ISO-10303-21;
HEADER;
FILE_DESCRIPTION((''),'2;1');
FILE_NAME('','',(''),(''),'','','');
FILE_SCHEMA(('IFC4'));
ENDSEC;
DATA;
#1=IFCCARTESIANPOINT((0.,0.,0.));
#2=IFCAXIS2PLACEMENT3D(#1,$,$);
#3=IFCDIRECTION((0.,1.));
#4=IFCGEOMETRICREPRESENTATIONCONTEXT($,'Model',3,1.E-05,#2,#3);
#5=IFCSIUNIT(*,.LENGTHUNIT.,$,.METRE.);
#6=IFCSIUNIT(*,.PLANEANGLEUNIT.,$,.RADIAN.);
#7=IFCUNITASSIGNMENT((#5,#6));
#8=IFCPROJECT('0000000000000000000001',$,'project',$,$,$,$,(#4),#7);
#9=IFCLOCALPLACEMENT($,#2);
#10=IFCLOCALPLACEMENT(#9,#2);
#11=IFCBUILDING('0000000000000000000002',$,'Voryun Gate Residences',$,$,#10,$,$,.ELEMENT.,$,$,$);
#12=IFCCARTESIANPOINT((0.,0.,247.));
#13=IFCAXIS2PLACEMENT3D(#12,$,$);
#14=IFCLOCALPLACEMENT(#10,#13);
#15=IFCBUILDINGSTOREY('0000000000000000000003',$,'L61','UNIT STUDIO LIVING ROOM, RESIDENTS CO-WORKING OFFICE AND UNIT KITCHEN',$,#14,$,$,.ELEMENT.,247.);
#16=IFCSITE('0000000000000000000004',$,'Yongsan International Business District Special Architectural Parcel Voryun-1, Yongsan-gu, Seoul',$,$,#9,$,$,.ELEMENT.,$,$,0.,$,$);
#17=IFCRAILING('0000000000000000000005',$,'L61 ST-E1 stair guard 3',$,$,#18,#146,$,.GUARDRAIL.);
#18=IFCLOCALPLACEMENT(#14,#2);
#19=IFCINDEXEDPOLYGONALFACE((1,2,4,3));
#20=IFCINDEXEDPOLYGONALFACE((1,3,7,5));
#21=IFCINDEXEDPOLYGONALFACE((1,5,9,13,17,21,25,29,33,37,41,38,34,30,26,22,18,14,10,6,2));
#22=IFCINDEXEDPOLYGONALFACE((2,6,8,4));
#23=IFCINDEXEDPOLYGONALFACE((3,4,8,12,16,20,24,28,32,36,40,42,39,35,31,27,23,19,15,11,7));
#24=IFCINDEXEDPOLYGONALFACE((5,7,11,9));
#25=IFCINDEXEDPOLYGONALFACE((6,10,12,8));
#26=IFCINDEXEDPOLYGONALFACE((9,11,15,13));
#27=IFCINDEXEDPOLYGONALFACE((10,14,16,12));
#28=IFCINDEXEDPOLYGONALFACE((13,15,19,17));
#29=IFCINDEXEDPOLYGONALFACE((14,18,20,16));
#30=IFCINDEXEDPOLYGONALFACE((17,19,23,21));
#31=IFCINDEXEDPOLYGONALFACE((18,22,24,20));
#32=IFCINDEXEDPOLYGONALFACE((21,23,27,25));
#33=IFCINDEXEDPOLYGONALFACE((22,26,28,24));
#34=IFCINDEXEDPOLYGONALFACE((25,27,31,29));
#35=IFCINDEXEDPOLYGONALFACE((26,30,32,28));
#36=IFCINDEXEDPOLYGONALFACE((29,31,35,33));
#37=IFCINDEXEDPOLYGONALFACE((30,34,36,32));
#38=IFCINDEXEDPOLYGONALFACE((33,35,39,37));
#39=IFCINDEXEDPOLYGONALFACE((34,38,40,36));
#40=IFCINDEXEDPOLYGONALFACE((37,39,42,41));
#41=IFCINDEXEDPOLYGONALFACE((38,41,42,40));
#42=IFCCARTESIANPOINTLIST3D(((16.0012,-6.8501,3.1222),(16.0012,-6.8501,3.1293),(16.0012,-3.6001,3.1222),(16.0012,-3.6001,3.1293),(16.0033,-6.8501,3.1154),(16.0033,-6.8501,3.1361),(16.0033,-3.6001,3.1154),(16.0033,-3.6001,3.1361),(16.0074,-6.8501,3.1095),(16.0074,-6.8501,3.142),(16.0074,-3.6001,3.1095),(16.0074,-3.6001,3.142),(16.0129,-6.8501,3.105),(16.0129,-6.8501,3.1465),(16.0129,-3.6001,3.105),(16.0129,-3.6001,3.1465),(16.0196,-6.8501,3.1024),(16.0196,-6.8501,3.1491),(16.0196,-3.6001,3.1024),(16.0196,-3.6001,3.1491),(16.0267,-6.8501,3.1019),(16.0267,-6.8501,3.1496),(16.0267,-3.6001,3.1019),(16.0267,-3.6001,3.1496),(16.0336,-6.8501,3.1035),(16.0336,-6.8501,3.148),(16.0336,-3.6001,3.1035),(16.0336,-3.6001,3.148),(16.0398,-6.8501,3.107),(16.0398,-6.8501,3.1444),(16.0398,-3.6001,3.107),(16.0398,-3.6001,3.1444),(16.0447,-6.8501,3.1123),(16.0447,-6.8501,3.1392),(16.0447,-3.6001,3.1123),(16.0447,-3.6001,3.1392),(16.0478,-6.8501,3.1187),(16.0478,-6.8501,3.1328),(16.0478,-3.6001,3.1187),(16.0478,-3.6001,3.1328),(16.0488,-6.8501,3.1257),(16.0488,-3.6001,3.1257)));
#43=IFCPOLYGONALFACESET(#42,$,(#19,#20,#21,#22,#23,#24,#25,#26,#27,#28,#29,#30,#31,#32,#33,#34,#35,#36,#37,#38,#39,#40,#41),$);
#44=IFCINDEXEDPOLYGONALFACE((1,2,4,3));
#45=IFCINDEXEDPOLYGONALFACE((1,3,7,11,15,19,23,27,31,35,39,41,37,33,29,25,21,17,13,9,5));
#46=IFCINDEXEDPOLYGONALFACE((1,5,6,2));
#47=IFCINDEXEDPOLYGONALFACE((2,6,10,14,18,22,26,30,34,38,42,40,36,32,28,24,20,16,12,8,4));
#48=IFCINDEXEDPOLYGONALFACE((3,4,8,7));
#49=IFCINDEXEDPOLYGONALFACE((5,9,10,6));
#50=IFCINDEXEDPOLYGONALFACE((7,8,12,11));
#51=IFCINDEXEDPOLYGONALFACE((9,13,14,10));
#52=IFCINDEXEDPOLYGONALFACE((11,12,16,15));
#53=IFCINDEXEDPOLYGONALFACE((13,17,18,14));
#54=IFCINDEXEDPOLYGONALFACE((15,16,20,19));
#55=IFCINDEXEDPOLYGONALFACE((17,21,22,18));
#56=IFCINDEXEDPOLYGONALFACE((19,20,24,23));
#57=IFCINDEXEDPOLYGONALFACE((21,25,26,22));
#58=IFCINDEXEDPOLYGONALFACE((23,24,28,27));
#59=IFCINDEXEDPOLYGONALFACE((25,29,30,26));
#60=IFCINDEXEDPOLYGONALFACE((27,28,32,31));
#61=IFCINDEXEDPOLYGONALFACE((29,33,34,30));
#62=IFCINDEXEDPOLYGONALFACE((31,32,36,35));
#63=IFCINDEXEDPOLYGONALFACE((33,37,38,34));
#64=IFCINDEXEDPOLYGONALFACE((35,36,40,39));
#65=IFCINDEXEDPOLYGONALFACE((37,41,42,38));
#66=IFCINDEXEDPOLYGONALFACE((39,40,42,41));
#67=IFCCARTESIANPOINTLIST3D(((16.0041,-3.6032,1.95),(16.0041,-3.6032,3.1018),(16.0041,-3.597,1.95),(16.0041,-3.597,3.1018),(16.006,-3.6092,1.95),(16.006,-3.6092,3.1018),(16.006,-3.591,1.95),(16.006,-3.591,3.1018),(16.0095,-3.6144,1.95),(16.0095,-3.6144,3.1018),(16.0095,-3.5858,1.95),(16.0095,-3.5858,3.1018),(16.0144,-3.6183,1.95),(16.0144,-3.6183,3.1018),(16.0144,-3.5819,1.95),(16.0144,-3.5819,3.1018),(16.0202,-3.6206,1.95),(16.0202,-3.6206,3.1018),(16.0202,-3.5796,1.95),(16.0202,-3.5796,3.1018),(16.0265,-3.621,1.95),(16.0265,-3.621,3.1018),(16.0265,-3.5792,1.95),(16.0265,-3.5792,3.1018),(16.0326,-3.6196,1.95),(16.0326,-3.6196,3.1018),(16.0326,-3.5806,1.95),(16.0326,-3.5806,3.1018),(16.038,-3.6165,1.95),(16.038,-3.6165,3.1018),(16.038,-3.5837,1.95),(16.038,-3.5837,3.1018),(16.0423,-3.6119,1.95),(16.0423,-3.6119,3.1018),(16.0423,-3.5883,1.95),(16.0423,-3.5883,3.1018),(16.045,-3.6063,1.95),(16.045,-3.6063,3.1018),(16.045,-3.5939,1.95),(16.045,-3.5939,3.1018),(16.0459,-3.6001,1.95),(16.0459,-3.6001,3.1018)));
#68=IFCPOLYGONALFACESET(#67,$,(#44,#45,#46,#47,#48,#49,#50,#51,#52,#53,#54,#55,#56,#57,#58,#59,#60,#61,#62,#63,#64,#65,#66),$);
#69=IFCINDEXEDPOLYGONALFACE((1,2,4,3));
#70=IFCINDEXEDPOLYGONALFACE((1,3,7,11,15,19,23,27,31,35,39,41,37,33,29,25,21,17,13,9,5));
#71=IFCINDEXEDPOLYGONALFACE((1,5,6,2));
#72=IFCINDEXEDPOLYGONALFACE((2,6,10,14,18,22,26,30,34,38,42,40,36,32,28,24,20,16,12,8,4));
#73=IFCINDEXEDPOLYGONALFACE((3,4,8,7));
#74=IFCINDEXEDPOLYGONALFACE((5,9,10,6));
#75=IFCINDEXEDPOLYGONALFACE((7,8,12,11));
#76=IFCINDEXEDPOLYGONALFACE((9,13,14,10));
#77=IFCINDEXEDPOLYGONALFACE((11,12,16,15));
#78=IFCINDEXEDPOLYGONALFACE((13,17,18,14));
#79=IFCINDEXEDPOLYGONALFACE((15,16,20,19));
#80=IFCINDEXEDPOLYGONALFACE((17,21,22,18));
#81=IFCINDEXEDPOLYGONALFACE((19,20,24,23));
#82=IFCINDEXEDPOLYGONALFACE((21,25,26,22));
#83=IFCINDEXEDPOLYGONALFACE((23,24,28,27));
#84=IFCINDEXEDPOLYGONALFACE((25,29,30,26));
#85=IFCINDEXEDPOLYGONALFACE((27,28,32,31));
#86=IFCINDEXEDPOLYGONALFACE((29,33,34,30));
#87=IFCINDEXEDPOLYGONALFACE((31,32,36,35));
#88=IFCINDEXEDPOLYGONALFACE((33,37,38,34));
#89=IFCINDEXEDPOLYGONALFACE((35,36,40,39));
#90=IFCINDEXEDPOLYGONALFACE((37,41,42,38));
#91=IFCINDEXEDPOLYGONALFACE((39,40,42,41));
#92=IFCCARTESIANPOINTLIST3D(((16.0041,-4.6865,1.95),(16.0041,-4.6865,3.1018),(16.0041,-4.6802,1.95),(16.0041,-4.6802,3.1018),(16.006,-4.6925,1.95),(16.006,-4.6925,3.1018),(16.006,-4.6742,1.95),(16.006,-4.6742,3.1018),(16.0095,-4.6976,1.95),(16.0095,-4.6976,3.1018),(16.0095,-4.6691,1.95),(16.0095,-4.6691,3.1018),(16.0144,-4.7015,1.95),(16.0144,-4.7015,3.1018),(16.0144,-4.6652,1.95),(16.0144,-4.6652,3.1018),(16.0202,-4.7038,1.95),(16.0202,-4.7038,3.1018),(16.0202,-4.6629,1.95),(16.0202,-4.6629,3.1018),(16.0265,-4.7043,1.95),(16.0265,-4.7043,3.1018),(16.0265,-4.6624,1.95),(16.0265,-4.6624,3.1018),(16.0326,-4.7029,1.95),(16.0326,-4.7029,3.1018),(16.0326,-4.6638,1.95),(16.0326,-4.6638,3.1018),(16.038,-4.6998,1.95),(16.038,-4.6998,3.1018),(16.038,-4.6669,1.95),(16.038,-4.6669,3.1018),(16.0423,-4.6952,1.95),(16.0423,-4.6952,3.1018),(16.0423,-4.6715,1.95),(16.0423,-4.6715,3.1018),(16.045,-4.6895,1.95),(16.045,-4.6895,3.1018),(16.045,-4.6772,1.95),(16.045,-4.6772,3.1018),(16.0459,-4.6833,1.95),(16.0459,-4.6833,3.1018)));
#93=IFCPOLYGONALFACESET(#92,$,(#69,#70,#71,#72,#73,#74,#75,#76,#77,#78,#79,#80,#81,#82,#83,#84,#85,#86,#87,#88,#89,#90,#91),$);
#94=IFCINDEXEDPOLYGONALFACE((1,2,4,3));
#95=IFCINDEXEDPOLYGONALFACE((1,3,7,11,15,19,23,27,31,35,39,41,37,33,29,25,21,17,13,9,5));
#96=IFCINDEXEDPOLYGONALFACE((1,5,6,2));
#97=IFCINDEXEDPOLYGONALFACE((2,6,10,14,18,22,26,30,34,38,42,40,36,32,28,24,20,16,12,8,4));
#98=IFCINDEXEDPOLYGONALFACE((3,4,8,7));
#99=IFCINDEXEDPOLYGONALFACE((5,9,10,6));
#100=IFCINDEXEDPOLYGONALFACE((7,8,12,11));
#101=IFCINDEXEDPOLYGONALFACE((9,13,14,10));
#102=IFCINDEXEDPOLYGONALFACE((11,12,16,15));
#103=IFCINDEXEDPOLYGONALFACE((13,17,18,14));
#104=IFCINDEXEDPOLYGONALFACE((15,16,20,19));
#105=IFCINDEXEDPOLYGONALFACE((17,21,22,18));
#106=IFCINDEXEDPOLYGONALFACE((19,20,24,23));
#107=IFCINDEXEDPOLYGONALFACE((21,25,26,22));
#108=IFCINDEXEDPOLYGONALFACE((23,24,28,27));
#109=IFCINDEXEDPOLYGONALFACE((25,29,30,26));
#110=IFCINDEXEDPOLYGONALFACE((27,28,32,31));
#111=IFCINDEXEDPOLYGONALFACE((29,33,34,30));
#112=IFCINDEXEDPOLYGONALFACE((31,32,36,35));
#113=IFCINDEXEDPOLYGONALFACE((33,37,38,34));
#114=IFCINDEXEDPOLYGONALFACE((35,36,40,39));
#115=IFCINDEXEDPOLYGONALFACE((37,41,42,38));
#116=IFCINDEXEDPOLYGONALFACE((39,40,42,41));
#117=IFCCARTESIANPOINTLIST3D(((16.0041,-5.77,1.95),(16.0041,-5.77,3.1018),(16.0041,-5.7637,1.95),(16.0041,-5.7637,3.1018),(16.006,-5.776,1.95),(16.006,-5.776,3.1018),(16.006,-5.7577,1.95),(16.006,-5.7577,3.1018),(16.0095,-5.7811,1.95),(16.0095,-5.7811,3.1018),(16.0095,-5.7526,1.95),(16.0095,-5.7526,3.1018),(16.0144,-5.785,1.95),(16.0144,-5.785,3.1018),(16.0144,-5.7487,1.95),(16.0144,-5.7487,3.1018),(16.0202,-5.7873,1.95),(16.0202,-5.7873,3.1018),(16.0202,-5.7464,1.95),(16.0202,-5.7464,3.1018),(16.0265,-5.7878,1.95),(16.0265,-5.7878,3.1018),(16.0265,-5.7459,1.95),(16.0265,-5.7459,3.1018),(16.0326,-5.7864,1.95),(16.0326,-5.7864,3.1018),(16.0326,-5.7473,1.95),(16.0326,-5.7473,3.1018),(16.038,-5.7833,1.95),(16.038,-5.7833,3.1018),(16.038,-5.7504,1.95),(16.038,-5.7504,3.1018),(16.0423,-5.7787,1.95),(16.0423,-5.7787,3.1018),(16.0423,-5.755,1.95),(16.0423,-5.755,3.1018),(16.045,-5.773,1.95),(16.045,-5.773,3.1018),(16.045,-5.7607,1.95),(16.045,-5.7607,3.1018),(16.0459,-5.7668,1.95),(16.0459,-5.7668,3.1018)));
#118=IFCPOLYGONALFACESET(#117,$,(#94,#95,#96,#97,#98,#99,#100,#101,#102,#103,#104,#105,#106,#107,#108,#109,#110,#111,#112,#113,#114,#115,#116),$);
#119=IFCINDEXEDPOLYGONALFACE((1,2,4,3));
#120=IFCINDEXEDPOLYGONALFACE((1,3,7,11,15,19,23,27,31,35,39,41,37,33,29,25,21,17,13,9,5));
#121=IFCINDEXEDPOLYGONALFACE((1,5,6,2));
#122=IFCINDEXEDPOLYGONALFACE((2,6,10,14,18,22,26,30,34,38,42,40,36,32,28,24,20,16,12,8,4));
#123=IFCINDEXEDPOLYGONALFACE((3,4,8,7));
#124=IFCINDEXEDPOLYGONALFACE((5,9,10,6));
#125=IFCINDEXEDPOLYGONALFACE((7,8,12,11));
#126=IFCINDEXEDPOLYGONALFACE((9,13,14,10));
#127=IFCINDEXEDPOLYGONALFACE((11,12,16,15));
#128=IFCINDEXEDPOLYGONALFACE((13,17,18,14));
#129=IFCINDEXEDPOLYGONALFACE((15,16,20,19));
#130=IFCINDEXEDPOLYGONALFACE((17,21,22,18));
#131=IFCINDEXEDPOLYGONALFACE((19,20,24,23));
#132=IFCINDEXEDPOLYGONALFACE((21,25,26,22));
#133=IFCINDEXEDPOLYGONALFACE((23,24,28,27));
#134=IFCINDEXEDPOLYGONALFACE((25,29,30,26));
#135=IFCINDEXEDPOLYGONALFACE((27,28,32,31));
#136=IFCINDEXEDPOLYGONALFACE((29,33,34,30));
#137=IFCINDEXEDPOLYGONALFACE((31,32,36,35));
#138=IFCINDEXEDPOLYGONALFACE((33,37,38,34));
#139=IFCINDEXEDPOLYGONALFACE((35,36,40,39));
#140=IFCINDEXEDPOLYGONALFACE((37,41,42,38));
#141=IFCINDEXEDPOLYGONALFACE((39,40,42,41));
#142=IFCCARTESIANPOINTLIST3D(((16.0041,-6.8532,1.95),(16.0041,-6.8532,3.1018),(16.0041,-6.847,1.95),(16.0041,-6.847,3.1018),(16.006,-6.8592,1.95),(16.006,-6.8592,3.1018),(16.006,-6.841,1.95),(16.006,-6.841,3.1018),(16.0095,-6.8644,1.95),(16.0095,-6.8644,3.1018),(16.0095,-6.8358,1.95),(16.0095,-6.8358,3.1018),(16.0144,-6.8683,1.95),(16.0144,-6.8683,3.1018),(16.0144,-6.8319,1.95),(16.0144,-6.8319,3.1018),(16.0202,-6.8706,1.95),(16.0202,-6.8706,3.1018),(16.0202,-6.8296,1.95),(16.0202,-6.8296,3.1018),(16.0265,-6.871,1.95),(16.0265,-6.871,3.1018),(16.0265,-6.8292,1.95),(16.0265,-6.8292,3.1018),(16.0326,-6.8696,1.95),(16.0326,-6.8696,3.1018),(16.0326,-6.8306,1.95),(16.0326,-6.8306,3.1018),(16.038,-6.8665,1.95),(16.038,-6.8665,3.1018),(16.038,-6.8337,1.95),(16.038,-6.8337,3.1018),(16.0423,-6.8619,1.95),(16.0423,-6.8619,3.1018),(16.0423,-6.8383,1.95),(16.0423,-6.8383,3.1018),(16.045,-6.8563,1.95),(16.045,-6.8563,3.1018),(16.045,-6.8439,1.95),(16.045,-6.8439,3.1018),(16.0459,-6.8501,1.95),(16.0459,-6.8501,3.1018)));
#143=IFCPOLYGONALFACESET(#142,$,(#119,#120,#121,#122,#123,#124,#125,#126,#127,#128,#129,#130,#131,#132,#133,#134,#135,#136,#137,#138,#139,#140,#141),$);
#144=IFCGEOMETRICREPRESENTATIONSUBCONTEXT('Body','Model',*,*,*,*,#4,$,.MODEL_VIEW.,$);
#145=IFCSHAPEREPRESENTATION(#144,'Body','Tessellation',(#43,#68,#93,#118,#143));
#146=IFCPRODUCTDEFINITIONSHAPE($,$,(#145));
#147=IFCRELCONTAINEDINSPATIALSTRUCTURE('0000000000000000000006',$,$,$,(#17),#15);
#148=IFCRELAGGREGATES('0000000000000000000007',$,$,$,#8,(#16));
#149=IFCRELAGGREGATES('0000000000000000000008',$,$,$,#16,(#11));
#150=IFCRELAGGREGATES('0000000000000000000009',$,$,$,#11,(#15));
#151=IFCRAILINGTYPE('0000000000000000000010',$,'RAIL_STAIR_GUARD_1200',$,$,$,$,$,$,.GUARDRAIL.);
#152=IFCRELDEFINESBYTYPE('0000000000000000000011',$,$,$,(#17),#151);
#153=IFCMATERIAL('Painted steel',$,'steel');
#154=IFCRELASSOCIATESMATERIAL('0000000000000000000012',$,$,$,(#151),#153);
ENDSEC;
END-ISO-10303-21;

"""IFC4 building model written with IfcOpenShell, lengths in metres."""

from ifc_helpers import new_model, si_unit, direction, frame, origin, origin_2d, place, context, subcontext, project, spatial, circle, extrude, material, type_object, element, save


model = new_model("IFC4")

# Units and contexts
model_context = context("Model", 3, precision=1e-05, world=origin(), true_north=direction((0.0, 1.0)))
body_context = subcontext(model_context, "Body", "Model", "MODEL_VIEW")
ifc_project = project(units=[si_unit("LENGTHUNIT", "METRE"), si_unit("PLANEANGLEUNIT", "RADIAN")], contexts=[model_context])

# Site, building, storey
site_placement = place(None, origin())
site = spatial("IfcSite", under=ifc_project, at=site_placement, Name="Yongsan International Business District Special Architectural Parcel Voryun-1, Yongsan-gu, Seoul", CompositionType="ELEMENT", RefElevation=0.0)
building_placement = place(site_placement, origin())
building = spatial("IfcBuilding", under=site, at=building_placement, Name="Voryun Gate Residences", CompositionType="ELEMENT")
storey_placement = place(building_placement, frame((0.0, 0.0, 247.0)))
storey = spatial("IfcBuildingStorey", under=building, at=storey_placement, Name="L61", Description="UNIT STUDIO LIVING ROOM, RESIDENTS CO-WORKING OFFICE AND UNIT KITCHEN", CompositionType="ELEMENT", Elevation=247.0)

# Railing
ifc_material_1 = material(Name="Painted steel", Category="steel")
railing_type = type_object("IfcRailingType", Name="RAIL_STAIR_GUARD_1200", PredefinedType="GUARDRAIL", material=ifc_material_1)
railing_1_placement = place(storey_placement, frame((16.0249, -3.6001, 1.95)))
element("IfcRailing", 1, at=railing_1_placement, inside=storey, type_object=railing_type, Name="L61 ST-E1 stair guard 3", PredefinedType="GUARDRAIL", context=body_context, shape_type="SweptSolid", body=[
    extrude(circle(Radius=0.0239, at=origin_2d()), frame((0.0, 0.0, 1.1758), z_axis=(0.0, -1.0, 0.0), x_axis=(1.0, 0.0, 0.0)), (0.0, 0.0, 1.0), 3.25),
    extrude(circle(Radius=0.021, at=origin_2d()), origin(), (0.0, 0.0, 1.0), 1.1519),
    extrude(circle(Radius=0.021, at=origin_2d()), frame((0.0, -1.0833, 0.0)), (0.0, 0.0, 1.0), 1.1519),
    extrude(circle(Radius=0.021, at=origin_2d()), frame((0.0, -2.1667, 0.0)), (0.0, 0.0, 1.0), 1.1519),
    extrude(circle(Radius=0.021, at=origin_2d()), frame((0.0, -3.25, 0.0)), (0.0, 0.0, 1.0), 1.1519),
])

save(model, "model.ifc")
